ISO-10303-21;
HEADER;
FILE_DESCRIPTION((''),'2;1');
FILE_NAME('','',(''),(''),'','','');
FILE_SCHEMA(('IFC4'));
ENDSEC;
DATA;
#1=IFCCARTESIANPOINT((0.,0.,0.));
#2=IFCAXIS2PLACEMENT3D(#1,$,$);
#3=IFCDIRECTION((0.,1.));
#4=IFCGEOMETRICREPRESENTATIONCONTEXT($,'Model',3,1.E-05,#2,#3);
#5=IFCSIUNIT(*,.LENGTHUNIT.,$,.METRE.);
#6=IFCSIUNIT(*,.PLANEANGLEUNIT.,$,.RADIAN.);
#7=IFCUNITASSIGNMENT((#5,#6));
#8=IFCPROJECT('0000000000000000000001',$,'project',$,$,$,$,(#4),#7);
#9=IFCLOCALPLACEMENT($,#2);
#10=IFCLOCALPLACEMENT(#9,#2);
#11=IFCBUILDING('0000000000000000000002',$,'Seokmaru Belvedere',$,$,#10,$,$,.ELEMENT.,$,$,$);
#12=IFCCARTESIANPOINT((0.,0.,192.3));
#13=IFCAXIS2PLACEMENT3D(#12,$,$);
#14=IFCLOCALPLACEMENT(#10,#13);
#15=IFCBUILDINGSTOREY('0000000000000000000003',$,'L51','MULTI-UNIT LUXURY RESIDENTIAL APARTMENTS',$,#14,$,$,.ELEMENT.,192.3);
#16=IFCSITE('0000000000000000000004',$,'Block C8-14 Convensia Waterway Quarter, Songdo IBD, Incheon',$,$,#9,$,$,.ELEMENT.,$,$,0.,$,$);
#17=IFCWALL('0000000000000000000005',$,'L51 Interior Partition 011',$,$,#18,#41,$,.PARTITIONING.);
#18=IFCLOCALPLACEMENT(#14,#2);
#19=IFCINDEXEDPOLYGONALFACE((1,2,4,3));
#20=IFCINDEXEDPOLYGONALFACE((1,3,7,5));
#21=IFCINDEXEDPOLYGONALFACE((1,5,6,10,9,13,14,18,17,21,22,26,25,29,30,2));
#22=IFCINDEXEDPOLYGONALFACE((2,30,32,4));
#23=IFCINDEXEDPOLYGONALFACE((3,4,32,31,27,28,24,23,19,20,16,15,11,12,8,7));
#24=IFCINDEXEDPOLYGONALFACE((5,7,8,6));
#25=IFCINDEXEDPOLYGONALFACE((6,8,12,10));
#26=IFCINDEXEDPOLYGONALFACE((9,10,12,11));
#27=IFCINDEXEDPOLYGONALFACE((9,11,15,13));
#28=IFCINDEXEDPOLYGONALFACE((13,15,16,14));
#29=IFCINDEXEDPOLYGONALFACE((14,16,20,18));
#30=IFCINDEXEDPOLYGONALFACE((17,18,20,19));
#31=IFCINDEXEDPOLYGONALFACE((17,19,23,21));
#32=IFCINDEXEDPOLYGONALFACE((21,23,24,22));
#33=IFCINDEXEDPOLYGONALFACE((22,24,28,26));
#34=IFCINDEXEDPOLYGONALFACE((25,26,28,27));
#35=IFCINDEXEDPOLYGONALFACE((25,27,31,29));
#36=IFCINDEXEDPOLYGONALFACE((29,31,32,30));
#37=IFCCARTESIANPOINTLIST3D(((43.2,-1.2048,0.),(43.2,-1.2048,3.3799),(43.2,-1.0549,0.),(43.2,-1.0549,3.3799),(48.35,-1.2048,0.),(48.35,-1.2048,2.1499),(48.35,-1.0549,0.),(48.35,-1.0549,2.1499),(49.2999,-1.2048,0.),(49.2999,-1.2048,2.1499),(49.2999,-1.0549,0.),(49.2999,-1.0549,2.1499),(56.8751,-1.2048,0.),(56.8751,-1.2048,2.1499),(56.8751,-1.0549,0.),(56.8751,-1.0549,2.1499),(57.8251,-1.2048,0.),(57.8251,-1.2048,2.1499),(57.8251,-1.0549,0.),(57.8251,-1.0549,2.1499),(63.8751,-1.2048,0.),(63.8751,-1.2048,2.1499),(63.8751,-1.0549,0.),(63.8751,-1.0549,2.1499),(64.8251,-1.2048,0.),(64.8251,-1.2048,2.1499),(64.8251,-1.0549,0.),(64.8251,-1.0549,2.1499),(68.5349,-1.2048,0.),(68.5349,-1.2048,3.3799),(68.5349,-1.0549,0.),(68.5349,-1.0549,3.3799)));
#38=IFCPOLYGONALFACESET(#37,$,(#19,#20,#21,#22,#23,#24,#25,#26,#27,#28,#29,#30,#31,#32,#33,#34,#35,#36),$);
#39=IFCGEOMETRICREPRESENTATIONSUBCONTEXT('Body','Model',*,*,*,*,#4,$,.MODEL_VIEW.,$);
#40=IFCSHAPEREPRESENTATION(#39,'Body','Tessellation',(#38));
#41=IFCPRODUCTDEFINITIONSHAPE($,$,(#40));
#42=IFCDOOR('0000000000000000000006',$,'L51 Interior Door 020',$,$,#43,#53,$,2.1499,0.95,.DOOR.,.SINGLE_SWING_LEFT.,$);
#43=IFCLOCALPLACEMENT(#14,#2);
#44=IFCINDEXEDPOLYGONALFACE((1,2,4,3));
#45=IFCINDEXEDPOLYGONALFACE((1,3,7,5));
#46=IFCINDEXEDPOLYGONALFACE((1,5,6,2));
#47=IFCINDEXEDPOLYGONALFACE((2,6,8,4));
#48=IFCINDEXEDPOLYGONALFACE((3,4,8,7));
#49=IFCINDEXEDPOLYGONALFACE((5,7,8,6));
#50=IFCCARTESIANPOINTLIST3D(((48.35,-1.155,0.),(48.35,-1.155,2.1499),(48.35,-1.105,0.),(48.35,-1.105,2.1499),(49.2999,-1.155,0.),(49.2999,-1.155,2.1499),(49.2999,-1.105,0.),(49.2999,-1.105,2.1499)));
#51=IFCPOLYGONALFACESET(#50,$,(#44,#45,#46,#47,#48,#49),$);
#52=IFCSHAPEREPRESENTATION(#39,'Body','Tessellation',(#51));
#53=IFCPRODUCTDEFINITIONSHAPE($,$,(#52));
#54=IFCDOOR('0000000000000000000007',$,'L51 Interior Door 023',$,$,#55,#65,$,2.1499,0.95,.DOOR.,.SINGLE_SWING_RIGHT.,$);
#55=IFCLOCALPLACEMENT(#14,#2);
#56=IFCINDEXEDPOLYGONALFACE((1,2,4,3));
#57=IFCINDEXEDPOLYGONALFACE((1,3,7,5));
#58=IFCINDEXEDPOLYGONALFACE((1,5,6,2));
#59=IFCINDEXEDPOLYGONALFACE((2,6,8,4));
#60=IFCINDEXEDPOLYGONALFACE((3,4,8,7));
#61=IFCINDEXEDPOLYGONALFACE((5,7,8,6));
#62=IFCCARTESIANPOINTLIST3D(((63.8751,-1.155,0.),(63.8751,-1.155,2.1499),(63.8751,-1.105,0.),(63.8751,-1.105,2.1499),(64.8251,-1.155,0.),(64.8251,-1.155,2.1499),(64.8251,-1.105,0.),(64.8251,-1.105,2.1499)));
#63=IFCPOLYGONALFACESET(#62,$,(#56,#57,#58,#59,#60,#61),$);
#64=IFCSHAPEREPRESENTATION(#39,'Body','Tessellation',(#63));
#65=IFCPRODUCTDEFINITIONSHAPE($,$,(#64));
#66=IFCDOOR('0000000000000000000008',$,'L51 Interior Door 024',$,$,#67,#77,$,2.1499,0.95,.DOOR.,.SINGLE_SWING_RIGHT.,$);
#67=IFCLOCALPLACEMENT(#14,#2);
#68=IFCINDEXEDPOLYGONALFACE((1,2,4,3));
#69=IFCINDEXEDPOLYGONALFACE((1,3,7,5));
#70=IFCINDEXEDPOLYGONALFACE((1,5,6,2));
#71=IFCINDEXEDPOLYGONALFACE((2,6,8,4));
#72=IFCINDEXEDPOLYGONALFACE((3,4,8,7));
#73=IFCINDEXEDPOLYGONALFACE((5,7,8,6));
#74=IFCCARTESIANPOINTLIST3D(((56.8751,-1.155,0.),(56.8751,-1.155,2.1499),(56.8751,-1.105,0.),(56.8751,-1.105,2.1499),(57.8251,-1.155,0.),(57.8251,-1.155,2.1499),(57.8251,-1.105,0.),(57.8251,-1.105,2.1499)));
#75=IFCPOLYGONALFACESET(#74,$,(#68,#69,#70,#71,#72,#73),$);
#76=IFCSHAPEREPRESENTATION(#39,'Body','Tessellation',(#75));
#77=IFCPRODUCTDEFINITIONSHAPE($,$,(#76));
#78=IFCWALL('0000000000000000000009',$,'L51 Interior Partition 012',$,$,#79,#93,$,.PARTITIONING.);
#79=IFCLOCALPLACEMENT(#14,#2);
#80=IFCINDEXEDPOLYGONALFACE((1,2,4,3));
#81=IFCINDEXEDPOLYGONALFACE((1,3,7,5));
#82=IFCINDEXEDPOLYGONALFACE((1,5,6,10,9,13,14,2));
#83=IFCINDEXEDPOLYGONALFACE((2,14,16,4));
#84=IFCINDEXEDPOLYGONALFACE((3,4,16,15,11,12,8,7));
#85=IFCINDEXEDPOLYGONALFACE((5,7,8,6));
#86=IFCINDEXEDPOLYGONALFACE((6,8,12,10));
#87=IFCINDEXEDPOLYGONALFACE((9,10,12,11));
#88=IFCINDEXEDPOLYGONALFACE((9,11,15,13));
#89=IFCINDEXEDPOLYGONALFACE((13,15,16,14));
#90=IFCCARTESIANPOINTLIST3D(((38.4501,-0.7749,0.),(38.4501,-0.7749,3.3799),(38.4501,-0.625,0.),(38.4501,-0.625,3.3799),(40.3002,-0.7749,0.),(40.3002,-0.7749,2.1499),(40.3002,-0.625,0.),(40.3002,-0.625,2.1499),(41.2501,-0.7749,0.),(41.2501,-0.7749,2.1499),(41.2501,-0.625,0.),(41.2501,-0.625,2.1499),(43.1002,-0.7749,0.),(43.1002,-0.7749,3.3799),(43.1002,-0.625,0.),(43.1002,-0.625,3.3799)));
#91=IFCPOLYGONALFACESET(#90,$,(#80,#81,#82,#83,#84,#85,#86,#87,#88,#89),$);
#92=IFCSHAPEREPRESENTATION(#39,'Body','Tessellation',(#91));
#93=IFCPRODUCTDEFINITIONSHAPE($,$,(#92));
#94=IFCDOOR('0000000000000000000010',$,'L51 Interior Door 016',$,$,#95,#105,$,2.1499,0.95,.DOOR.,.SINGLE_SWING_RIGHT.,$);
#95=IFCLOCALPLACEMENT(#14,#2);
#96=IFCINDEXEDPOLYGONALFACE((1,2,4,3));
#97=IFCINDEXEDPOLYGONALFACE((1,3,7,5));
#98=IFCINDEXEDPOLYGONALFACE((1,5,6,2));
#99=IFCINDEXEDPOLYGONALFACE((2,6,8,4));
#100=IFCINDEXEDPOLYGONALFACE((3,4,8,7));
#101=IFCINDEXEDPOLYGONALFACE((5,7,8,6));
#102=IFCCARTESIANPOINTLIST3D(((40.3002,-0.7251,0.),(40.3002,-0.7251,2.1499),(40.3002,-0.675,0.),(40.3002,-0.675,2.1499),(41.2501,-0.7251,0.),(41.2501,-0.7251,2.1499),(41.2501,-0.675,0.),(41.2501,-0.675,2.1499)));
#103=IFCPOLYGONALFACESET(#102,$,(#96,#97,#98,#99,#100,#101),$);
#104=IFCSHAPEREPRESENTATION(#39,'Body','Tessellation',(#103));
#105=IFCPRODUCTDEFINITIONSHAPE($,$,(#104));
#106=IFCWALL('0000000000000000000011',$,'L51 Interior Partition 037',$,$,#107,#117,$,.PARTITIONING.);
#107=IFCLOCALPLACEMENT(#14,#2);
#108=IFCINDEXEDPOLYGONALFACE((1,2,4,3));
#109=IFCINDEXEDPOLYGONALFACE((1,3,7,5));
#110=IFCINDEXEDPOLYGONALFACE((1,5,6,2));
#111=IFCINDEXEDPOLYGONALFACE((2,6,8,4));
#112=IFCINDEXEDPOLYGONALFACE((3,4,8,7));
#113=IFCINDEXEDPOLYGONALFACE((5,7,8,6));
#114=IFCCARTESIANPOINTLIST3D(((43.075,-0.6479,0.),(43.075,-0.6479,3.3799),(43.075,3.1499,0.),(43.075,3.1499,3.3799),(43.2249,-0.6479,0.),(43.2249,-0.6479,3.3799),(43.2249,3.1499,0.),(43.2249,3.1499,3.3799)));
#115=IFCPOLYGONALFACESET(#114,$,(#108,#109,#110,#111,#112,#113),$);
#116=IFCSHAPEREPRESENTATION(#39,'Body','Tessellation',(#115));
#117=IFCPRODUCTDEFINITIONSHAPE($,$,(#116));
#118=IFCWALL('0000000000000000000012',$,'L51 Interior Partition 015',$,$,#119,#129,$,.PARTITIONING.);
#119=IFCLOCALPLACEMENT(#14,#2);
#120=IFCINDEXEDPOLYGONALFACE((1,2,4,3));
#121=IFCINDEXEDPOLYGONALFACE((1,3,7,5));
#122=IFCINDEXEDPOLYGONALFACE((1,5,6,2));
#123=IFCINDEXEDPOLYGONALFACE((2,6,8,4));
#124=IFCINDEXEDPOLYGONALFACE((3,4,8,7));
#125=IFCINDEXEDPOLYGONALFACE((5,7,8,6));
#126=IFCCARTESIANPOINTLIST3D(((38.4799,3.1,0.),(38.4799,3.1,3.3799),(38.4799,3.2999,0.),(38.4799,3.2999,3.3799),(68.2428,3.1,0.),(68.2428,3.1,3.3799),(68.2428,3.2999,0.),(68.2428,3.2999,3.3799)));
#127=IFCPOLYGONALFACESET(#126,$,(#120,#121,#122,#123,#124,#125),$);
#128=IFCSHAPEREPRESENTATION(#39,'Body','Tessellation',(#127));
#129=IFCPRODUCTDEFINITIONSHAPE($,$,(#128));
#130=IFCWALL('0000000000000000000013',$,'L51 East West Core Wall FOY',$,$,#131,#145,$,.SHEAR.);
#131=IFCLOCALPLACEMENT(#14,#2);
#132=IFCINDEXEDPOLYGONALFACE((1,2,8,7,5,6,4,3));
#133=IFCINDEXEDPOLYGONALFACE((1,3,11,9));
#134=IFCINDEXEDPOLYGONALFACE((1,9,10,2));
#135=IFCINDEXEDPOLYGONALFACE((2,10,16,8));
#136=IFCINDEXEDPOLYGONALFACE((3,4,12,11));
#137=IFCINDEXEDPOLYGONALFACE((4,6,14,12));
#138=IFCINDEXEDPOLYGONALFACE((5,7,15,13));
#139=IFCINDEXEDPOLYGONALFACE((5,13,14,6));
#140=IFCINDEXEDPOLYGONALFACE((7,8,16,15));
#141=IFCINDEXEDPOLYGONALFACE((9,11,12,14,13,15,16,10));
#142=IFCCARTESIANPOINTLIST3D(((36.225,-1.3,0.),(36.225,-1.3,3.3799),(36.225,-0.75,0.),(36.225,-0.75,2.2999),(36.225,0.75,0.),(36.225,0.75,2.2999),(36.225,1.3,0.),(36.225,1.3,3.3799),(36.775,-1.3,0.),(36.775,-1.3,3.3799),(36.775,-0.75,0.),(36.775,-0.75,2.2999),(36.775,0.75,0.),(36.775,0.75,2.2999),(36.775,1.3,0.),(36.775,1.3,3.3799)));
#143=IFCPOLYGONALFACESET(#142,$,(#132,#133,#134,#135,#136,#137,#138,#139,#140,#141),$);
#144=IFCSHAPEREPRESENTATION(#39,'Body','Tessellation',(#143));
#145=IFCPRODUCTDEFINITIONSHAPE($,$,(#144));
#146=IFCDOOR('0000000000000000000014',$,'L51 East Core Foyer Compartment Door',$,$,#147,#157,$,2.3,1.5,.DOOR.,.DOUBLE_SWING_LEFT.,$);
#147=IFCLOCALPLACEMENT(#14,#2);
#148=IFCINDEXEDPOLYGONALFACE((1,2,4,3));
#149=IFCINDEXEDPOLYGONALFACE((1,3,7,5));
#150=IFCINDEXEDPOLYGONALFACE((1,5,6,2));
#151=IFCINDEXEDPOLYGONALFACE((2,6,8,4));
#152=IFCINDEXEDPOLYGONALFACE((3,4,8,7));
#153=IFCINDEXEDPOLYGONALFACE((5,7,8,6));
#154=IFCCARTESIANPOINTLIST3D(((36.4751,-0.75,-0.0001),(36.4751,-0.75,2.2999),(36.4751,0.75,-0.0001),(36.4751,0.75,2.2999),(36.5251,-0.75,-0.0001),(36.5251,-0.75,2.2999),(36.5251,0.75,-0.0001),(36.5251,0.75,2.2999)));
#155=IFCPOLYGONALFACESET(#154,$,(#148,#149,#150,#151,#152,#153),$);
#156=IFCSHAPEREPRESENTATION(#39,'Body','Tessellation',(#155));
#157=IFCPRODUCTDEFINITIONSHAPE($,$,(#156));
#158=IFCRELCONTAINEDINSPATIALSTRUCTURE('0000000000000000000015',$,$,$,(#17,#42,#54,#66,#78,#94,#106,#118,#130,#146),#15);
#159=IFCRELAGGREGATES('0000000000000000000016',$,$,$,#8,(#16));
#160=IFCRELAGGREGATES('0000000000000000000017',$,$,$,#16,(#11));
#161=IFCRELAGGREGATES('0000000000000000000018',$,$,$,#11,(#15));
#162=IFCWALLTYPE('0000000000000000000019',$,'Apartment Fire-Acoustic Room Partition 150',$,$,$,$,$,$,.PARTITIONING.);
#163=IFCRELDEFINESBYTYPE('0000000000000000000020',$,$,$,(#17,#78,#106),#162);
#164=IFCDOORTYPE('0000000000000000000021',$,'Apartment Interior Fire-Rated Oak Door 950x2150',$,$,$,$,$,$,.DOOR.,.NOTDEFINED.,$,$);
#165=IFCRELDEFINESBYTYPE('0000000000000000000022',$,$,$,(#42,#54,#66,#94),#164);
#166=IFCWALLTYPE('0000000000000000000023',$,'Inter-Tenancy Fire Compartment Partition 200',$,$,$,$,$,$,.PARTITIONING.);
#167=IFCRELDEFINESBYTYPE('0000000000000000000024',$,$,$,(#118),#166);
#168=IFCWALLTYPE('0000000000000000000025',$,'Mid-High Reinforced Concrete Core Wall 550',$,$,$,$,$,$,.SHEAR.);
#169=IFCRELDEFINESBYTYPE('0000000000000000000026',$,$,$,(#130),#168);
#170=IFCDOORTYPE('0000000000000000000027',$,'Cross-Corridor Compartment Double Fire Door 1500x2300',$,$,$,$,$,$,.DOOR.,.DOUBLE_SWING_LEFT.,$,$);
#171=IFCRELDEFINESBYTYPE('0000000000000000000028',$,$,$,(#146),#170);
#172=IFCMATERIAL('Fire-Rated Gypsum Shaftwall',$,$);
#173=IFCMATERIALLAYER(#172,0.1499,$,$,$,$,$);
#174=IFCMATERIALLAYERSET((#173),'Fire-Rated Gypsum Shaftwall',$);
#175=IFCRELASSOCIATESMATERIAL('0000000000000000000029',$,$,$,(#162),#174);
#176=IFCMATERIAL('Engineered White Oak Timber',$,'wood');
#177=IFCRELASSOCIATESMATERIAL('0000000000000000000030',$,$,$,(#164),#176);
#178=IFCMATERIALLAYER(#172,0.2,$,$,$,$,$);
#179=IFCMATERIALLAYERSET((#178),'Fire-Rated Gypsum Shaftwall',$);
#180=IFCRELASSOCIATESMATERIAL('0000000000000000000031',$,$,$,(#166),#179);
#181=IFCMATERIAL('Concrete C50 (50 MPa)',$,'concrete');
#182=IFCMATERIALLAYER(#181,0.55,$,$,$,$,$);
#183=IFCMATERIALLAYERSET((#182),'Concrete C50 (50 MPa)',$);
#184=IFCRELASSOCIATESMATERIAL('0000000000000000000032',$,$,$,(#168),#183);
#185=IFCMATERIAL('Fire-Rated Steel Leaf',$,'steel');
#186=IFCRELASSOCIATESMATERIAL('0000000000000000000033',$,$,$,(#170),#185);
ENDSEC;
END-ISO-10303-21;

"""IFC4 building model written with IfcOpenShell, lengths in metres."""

from ifc_helpers import new_model, si_unit, direction, frame, frame_2d, origin, place, context, subcontext, project, spatial, rectangle, extrude, source, transform, mapped, material, layer, layer_set, type_object, type_shapes, element, fill, save


model = new_model("IFC4")

# Units and contexts
model_context = context("Model", 3, precision=1e-05, world=origin(), true_north=direction((0.0, 1.0)))
body_context = subcontext(model_context, "Body", "Model", "MODEL_VIEW")
ifc_project = project(units=[si_unit("LENGTHUNIT", "METRE"), si_unit("PLANEANGLEUNIT", "RADIAN")], contexts=[model_context])

# Site, building, storey
site_placement = place(None, origin())
site = spatial("IfcSite", under=ifc_project, at=site_placement, Name="Block C8-14 Convensia Waterway Quarter, Songdo IBD, Incheon", CompositionType="ELEMENT", RefElevation=0.0)
building_placement = place(site_placement, origin())
building = spatial("IfcBuilding", under=site, at=building_placement, Name="Seokmaru Belvedere", CompositionType="ELEMENT")
storey_placement = place(building_placement, frame((0.0, 0.0, 192.3)))
storey = spatial("IfcBuildingStorey", under=building, at=storey_placement, Name="L51", Description="MULTI-UNIT LUXURY RESIDENTIAL APARTMENTS", CompositionType="ELEMENT", Elevation=192.3)

# Wall, openings, doors
ifc_material_1 = material(Name="Fire-Rated Gypsum Shaftwall")
ifc_layer_1 = layer(ifc_material_1, 0.1499)
ifc_layer_set_1 = layer_set([ifc_layer_1], Name="Fire-Rated Gypsum Shaftwall")
wall_type_1 = type_object("IfcWallType", Name="Apartment Fire-Acoustic Room Partition 150", PredefinedType="PARTITIONING", material=ifc_layer_set_1)
wall_1_placement = place(storey_placement, frame((43.2, -1.1299, 0.0), z_axis=(0.0, 0.0, 1.0), x_axis=(1.0, 0.0, 0.0)))
wall_1 = element("IfcWall", 1, at=wall_1_placement, inside=storey, type_object=wall_type_1, Name="L51 Interior Partition 011", PredefinedType="PARTITIONING", context=body_context, shape_type="SweptSolid", body=[
    extrude(rectangle(XDim=25.335, YDim=0.1499, at=frame_2d((12.6675, 0.0))), origin(), (0.0, 0.0, 1.0), 3.3799),
])
opening_1_placement = place(wall_1_placement, frame((5.1499, 0.0, 0.0)))
opening_1 = element("IfcOpeningElement", 2, at=opening_1_placement, cuts=wall_1, PredefinedType="OPENING", context=body_context, shape_type="SweptSolid", body=[
    extrude(rectangle(XDim=0.95, YDim=2.1499, at=frame_2d((0.4751, 1.075))), frame((0.0, 0.085, 0.0), z_axis=(0.0, -1.0, 0.0), x_axis=(1.0, 0.0, 0.0)), (0.0, 0.0, 1.0), 0.1699),
])
opening_2_placement = place(wall_1_placement, frame((20.675, 0.0, 0.0)))
opening_2 = element("IfcOpeningElement", 3, at=opening_2_placement, cuts=wall_1, PredefinedType="OPENING", context=body_context, shape_type="SweptSolid", body=[
    extrude(rectangle(XDim=0.95, YDim=2.1499, at=frame_2d((0.4751, 1.075))), frame((0.0, 0.085, 0.0), z_axis=(0.0, -1.0, 0.0), x_axis=(1.0, 0.0, 0.0)), (0.0, 0.0, 1.0), 0.1699),
])
opening_3_placement = place(wall_1_placement, frame((13.675, 0.0, 0.0)))
opening_3 = element("IfcOpeningElement", 4, at=opening_3_placement, cuts=wall_1, PredefinedType="OPENING", context=body_context, shape_type="SweptSolid", body=[
    extrude(rectangle(XDim=0.95, YDim=2.1499, at=frame_2d((0.4751, 1.075))), frame((0.0, 0.085, 0.0), z_axis=(0.0, -1.0, 0.0), x_axis=(1.0, 0.0, 0.0)), (0.0, 0.0, 1.0), 0.1699),
])
ifc_material_2 = material(Name="Engineered White Oak Timber", Category="wood")
door_type_1 = type_object("IfcDoorType", Name="Apartment Interior Fire-Rated Oak Door 950x2150", OperationType="NOTDEFINED", PredefinedType="DOOR", material=ifc_material_2)
shared_shape_1 = source(origin(), body_context, "Body", "SweptSolid", [
    extrude(rectangle(XDim=0.95, YDim=2.1499, at=frame_2d((0.4751, 1.075))), frame((0.0, 0.0249, 0.0), z_axis=(0.0, -1.0, 0.0), x_axis=(1.0, 0.0, 0.0)), (0.0, 0.0, 1.0), 0.05),
])
type_shapes(door_type_1, [shared_shape_1])
door_1_placement = place(opening_1_placement, origin())
door_1 = element("IfcDoor", 5, at=door_1_placement, inside=storey, type_object=door_type_1, Name="L51 Interior Door 020", OperationType="SINGLE_SWING_LEFT", OverallHeight=2.1499, OverallWidth=0.95, PredefinedType="DOOR", context=body_context, shape_type="MappedRepresentation", body=[
    mapped(shared_shape_1, transform((0.0, 0.0, 0.0), scale=1.0)),
])
fill(opening_1, door_1)
door_2_placement = place(opening_2_placement, origin())
door_2 = element("IfcDoor", 6, at=door_2_placement, inside=storey, type_object=door_type_1, Name="L51 Interior Door 023", OperationType="SINGLE_SWING_RIGHT", OverallHeight=2.1499, OverallWidth=0.95, PredefinedType="DOOR", context=body_context, shape_type="MappedRepresentation", body=[
    mapped(shared_shape_1, transform((0.0, 0.0, 0.0), scale=1.0)),
])
fill(opening_2, door_2)
door_3_placement = place(opening_3_placement, origin())
door_3 = element("IfcDoor", 7, at=door_3_placement, inside=storey, type_object=door_type_1, Name="L51 Interior Door 024", OperationType="SINGLE_SWING_RIGHT", OverallHeight=2.1499, OverallWidth=0.95, PredefinedType="DOOR", context=body_context, shape_type="MappedRepresentation", body=[
    mapped(shared_shape_1, transform((0.0, 0.0, 0.0), scale=1.0)),
])
fill(opening_3, door_3)

# Wall, opening, door
wall_2_placement = place(storey_placement, frame((38.45, -0.7, 0.0), z_axis=(0.0, 0.0, 1.0), x_axis=(1.0, 0.0, 0.0)))
wall_2 = element("IfcWall", 8, at=wall_2_placement, inside=storey, type_object=wall_type_1, Name="L51 Interior Partition 012", PredefinedType="PARTITIONING", context=body_context, shape_type="SweptSolid", body=[
    extrude(rectangle(XDim=4.6501, YDim=0.1499, at=frame_2d((2.3252, 0.0))), origin(), (0.0, 0.0, 1.0), 3.3799),
])
opening_4_placement = place(wall_2_placement, frame((1.8501, 0.0, 0.0)))
opening_4 = element("IfcOpeningElement", 9, at=opening_4_placement, cuts=wall_2, PredefinedType="OPENING", context=body_context, shape_type="SweptSolid", body=[
    extrude(rectangle(XDim=0.95, YDim=2.1499, at=frame_2d((0.4751, 1.075))), frame((0.0, 0.085, 0.0), z_axis=(0.0, -1.0, 0.0), x_axis=(1.0, 0.0, 0.0)), (0.0, 0.0, 1.0), 0.1699),
])
door_4_placement = place(opening_4_placement, origin())
door_4 = element("IfcDoor", 10, at=door_4_placement, inside=storey, type_object=door_type_1, Name="L51 Interior Door 016", OperationType="SINGLE_SWING_RIGHT", OverallHeight=2.1499, OverallWidth=0.95, PredefinedType="DOOR", context=body_context, shape_type="MappedRepresentation", body=[
    mapped(shared_shape_1, transform((0.0, 0.0, 0.0), scale=1.0)),
])
fill(opening_4, door_4)

# Walls
wall_3_placement = place(storey_placement, frame((43.1499, -0.6479, 0.0), z_axis=(0.0, 0.0, 1.0), x_axis=(0.0, 1.0, 0.0)))
element("IfcWall", 11, at=wall_3_placement, inside=storey, type_object=wall_type_1, Name="L51 Interior Partition 037", PredefinedType="PARTITIONING", context=body_context, shape_type="SweptSolid", body=[
    extrude(rectangle(XDim=3.7979, YDim=0.1499, at=frame_2d((1.8989, 0.0))), origin(), (0.0, 0.0, 1.0), 3.3799),
])
ifc_layer_2 = layer(ifc_material_1, 0.2)
ifc_layer_set_2 = layer_set([ifc_layer_2], Name="Fire-Rated Gypsum Shaftwall")
wall_type_2 = type_object("IfcWallType", Name="Inter-Tenancy Fire Compartment Partition 200", PredefinedType="PARTITIONING", material=ifc_layer_set_2)
wall_4_placement = place(storey_placement, frame((38.48, 3.2, 0.0), z_axis=(0.0, 0.0, 1.0), x_axis=(1.0, 0.0, 0.0)))
element("IfcWall", 12, at=wall_4_placement, inside=storey, type_object=wall_type_2, Name="L51 Interior Partition 015", PredefinedType="PARTITIONING", context=body_context, shape_type="SweptSolid", body=[
    extrude(rectangle(XDim=29.7629, YDim=0.2, at=frame_2d((14.8813, 0.0))), origin(), (0.0, 0.0, 1.0), 3.3799),
])

# Wall, opening, door
ifc_material_3 = material(Name="Concrete C50 (50 MPa)", Category="concrete")
ifc_layer_3 = layer(ifc_material_3, 0.55)
ifc_layer_set_3 = layer_set([ifc_layer_3], Name="Concrete C50 (50 MPa)")
wall_type_3 = type_object("IfcWallType", Name="Mid-High Reinforced Concrete Core Wall 550", PredefinedType="SHEAR", material=ifc_layer_set_3)
wall_5_placement = place(storey_placement, frame((36.5, -1.3, 0.0), z_axis=(0.0, 0.0, 1.0), x_axis=(0.0, 1.0, 0.0)))
wall_5 = element("IfcWall", 13, at=wall_5_placement, inside=storey, type_object=wall_type_3, Name="L51 East West Core Wall FOY", PredefinedType="SHEAR", context=body_context, shape_type="SweptSolid", body=[
    extrude(rectangle(XDim=2.6001, YDim=0.55, at=frame_2d((1.3, 0.0))), origin(), (0.0, 0.0, 1.0), 3.3799),
])
opening_5_placement = place(wall_5_placement, frame((0.55, 0.0, 0.0)))
opening_5 = element("IfcOpeningElement", 14, at=opening_5_placement, cuts=wall_5, PredefinedType="OPENING", context=body_context, shape_type="SweptSolid", body=[
    extrude(rectangle(XDim=1.5, YDim=2.3, at=frame_2d((0.75, 1.1499))), frame((0.0, 0.2852, 0.0), z_axis=(0.0, -1.0, 0.0), x_axis=(1.0, 0.0, 0.0)), (0.0, 0.0, 1.0), 0.5701),
])
ifc_material_4 = material(Name="Fire-Rated Steel Leaf", Category="steel")
door_type_2 = type_object("IfcDoorType", Name="Cross-Corridor Compartment Double Fire Door 1500x2300", OperationType="DOUBLE_SWING_LEFT", PredefinedType="DOOR", material=ifc_material_4)
shared_shape_2 = source(origin(), body_context, "Body", "SweptSolid", [
    extrude(rectangle(XDim=1.5, YDim=2.3, at=frame_2d((0.75, 1.1499))), frame((0.0, 0.0249, 0.0), z_axis=(0.0, -1.0, 0.0), x_axis=(1.0, 0.0, 0.0)), (0.0, 0.0, 1.0), 0.05),
])
type_shapes(door_type_2, [shared_shape_2])
door_5_placement = place(opening_5_placement, origin())
door_5 = element("IfcDoor", 15, at=door_5_placement, inside=storey, type_object=door_type_2, Name="L51 East Core Foyer Compartment Door", OperationType="DOUBLE_SWING_LEFT", OverallHeight=2.3, OverallWidth=1.5, PredefinedType="DOOR", context=body_context, shape_type="MappedRepresentation", body=[
    mapped(shared_shape_2, transform((0.0, 0.0, 0.0), scale=1.0)),
])
fill(opening_5, door_5)

save(model, "model.ifc")
